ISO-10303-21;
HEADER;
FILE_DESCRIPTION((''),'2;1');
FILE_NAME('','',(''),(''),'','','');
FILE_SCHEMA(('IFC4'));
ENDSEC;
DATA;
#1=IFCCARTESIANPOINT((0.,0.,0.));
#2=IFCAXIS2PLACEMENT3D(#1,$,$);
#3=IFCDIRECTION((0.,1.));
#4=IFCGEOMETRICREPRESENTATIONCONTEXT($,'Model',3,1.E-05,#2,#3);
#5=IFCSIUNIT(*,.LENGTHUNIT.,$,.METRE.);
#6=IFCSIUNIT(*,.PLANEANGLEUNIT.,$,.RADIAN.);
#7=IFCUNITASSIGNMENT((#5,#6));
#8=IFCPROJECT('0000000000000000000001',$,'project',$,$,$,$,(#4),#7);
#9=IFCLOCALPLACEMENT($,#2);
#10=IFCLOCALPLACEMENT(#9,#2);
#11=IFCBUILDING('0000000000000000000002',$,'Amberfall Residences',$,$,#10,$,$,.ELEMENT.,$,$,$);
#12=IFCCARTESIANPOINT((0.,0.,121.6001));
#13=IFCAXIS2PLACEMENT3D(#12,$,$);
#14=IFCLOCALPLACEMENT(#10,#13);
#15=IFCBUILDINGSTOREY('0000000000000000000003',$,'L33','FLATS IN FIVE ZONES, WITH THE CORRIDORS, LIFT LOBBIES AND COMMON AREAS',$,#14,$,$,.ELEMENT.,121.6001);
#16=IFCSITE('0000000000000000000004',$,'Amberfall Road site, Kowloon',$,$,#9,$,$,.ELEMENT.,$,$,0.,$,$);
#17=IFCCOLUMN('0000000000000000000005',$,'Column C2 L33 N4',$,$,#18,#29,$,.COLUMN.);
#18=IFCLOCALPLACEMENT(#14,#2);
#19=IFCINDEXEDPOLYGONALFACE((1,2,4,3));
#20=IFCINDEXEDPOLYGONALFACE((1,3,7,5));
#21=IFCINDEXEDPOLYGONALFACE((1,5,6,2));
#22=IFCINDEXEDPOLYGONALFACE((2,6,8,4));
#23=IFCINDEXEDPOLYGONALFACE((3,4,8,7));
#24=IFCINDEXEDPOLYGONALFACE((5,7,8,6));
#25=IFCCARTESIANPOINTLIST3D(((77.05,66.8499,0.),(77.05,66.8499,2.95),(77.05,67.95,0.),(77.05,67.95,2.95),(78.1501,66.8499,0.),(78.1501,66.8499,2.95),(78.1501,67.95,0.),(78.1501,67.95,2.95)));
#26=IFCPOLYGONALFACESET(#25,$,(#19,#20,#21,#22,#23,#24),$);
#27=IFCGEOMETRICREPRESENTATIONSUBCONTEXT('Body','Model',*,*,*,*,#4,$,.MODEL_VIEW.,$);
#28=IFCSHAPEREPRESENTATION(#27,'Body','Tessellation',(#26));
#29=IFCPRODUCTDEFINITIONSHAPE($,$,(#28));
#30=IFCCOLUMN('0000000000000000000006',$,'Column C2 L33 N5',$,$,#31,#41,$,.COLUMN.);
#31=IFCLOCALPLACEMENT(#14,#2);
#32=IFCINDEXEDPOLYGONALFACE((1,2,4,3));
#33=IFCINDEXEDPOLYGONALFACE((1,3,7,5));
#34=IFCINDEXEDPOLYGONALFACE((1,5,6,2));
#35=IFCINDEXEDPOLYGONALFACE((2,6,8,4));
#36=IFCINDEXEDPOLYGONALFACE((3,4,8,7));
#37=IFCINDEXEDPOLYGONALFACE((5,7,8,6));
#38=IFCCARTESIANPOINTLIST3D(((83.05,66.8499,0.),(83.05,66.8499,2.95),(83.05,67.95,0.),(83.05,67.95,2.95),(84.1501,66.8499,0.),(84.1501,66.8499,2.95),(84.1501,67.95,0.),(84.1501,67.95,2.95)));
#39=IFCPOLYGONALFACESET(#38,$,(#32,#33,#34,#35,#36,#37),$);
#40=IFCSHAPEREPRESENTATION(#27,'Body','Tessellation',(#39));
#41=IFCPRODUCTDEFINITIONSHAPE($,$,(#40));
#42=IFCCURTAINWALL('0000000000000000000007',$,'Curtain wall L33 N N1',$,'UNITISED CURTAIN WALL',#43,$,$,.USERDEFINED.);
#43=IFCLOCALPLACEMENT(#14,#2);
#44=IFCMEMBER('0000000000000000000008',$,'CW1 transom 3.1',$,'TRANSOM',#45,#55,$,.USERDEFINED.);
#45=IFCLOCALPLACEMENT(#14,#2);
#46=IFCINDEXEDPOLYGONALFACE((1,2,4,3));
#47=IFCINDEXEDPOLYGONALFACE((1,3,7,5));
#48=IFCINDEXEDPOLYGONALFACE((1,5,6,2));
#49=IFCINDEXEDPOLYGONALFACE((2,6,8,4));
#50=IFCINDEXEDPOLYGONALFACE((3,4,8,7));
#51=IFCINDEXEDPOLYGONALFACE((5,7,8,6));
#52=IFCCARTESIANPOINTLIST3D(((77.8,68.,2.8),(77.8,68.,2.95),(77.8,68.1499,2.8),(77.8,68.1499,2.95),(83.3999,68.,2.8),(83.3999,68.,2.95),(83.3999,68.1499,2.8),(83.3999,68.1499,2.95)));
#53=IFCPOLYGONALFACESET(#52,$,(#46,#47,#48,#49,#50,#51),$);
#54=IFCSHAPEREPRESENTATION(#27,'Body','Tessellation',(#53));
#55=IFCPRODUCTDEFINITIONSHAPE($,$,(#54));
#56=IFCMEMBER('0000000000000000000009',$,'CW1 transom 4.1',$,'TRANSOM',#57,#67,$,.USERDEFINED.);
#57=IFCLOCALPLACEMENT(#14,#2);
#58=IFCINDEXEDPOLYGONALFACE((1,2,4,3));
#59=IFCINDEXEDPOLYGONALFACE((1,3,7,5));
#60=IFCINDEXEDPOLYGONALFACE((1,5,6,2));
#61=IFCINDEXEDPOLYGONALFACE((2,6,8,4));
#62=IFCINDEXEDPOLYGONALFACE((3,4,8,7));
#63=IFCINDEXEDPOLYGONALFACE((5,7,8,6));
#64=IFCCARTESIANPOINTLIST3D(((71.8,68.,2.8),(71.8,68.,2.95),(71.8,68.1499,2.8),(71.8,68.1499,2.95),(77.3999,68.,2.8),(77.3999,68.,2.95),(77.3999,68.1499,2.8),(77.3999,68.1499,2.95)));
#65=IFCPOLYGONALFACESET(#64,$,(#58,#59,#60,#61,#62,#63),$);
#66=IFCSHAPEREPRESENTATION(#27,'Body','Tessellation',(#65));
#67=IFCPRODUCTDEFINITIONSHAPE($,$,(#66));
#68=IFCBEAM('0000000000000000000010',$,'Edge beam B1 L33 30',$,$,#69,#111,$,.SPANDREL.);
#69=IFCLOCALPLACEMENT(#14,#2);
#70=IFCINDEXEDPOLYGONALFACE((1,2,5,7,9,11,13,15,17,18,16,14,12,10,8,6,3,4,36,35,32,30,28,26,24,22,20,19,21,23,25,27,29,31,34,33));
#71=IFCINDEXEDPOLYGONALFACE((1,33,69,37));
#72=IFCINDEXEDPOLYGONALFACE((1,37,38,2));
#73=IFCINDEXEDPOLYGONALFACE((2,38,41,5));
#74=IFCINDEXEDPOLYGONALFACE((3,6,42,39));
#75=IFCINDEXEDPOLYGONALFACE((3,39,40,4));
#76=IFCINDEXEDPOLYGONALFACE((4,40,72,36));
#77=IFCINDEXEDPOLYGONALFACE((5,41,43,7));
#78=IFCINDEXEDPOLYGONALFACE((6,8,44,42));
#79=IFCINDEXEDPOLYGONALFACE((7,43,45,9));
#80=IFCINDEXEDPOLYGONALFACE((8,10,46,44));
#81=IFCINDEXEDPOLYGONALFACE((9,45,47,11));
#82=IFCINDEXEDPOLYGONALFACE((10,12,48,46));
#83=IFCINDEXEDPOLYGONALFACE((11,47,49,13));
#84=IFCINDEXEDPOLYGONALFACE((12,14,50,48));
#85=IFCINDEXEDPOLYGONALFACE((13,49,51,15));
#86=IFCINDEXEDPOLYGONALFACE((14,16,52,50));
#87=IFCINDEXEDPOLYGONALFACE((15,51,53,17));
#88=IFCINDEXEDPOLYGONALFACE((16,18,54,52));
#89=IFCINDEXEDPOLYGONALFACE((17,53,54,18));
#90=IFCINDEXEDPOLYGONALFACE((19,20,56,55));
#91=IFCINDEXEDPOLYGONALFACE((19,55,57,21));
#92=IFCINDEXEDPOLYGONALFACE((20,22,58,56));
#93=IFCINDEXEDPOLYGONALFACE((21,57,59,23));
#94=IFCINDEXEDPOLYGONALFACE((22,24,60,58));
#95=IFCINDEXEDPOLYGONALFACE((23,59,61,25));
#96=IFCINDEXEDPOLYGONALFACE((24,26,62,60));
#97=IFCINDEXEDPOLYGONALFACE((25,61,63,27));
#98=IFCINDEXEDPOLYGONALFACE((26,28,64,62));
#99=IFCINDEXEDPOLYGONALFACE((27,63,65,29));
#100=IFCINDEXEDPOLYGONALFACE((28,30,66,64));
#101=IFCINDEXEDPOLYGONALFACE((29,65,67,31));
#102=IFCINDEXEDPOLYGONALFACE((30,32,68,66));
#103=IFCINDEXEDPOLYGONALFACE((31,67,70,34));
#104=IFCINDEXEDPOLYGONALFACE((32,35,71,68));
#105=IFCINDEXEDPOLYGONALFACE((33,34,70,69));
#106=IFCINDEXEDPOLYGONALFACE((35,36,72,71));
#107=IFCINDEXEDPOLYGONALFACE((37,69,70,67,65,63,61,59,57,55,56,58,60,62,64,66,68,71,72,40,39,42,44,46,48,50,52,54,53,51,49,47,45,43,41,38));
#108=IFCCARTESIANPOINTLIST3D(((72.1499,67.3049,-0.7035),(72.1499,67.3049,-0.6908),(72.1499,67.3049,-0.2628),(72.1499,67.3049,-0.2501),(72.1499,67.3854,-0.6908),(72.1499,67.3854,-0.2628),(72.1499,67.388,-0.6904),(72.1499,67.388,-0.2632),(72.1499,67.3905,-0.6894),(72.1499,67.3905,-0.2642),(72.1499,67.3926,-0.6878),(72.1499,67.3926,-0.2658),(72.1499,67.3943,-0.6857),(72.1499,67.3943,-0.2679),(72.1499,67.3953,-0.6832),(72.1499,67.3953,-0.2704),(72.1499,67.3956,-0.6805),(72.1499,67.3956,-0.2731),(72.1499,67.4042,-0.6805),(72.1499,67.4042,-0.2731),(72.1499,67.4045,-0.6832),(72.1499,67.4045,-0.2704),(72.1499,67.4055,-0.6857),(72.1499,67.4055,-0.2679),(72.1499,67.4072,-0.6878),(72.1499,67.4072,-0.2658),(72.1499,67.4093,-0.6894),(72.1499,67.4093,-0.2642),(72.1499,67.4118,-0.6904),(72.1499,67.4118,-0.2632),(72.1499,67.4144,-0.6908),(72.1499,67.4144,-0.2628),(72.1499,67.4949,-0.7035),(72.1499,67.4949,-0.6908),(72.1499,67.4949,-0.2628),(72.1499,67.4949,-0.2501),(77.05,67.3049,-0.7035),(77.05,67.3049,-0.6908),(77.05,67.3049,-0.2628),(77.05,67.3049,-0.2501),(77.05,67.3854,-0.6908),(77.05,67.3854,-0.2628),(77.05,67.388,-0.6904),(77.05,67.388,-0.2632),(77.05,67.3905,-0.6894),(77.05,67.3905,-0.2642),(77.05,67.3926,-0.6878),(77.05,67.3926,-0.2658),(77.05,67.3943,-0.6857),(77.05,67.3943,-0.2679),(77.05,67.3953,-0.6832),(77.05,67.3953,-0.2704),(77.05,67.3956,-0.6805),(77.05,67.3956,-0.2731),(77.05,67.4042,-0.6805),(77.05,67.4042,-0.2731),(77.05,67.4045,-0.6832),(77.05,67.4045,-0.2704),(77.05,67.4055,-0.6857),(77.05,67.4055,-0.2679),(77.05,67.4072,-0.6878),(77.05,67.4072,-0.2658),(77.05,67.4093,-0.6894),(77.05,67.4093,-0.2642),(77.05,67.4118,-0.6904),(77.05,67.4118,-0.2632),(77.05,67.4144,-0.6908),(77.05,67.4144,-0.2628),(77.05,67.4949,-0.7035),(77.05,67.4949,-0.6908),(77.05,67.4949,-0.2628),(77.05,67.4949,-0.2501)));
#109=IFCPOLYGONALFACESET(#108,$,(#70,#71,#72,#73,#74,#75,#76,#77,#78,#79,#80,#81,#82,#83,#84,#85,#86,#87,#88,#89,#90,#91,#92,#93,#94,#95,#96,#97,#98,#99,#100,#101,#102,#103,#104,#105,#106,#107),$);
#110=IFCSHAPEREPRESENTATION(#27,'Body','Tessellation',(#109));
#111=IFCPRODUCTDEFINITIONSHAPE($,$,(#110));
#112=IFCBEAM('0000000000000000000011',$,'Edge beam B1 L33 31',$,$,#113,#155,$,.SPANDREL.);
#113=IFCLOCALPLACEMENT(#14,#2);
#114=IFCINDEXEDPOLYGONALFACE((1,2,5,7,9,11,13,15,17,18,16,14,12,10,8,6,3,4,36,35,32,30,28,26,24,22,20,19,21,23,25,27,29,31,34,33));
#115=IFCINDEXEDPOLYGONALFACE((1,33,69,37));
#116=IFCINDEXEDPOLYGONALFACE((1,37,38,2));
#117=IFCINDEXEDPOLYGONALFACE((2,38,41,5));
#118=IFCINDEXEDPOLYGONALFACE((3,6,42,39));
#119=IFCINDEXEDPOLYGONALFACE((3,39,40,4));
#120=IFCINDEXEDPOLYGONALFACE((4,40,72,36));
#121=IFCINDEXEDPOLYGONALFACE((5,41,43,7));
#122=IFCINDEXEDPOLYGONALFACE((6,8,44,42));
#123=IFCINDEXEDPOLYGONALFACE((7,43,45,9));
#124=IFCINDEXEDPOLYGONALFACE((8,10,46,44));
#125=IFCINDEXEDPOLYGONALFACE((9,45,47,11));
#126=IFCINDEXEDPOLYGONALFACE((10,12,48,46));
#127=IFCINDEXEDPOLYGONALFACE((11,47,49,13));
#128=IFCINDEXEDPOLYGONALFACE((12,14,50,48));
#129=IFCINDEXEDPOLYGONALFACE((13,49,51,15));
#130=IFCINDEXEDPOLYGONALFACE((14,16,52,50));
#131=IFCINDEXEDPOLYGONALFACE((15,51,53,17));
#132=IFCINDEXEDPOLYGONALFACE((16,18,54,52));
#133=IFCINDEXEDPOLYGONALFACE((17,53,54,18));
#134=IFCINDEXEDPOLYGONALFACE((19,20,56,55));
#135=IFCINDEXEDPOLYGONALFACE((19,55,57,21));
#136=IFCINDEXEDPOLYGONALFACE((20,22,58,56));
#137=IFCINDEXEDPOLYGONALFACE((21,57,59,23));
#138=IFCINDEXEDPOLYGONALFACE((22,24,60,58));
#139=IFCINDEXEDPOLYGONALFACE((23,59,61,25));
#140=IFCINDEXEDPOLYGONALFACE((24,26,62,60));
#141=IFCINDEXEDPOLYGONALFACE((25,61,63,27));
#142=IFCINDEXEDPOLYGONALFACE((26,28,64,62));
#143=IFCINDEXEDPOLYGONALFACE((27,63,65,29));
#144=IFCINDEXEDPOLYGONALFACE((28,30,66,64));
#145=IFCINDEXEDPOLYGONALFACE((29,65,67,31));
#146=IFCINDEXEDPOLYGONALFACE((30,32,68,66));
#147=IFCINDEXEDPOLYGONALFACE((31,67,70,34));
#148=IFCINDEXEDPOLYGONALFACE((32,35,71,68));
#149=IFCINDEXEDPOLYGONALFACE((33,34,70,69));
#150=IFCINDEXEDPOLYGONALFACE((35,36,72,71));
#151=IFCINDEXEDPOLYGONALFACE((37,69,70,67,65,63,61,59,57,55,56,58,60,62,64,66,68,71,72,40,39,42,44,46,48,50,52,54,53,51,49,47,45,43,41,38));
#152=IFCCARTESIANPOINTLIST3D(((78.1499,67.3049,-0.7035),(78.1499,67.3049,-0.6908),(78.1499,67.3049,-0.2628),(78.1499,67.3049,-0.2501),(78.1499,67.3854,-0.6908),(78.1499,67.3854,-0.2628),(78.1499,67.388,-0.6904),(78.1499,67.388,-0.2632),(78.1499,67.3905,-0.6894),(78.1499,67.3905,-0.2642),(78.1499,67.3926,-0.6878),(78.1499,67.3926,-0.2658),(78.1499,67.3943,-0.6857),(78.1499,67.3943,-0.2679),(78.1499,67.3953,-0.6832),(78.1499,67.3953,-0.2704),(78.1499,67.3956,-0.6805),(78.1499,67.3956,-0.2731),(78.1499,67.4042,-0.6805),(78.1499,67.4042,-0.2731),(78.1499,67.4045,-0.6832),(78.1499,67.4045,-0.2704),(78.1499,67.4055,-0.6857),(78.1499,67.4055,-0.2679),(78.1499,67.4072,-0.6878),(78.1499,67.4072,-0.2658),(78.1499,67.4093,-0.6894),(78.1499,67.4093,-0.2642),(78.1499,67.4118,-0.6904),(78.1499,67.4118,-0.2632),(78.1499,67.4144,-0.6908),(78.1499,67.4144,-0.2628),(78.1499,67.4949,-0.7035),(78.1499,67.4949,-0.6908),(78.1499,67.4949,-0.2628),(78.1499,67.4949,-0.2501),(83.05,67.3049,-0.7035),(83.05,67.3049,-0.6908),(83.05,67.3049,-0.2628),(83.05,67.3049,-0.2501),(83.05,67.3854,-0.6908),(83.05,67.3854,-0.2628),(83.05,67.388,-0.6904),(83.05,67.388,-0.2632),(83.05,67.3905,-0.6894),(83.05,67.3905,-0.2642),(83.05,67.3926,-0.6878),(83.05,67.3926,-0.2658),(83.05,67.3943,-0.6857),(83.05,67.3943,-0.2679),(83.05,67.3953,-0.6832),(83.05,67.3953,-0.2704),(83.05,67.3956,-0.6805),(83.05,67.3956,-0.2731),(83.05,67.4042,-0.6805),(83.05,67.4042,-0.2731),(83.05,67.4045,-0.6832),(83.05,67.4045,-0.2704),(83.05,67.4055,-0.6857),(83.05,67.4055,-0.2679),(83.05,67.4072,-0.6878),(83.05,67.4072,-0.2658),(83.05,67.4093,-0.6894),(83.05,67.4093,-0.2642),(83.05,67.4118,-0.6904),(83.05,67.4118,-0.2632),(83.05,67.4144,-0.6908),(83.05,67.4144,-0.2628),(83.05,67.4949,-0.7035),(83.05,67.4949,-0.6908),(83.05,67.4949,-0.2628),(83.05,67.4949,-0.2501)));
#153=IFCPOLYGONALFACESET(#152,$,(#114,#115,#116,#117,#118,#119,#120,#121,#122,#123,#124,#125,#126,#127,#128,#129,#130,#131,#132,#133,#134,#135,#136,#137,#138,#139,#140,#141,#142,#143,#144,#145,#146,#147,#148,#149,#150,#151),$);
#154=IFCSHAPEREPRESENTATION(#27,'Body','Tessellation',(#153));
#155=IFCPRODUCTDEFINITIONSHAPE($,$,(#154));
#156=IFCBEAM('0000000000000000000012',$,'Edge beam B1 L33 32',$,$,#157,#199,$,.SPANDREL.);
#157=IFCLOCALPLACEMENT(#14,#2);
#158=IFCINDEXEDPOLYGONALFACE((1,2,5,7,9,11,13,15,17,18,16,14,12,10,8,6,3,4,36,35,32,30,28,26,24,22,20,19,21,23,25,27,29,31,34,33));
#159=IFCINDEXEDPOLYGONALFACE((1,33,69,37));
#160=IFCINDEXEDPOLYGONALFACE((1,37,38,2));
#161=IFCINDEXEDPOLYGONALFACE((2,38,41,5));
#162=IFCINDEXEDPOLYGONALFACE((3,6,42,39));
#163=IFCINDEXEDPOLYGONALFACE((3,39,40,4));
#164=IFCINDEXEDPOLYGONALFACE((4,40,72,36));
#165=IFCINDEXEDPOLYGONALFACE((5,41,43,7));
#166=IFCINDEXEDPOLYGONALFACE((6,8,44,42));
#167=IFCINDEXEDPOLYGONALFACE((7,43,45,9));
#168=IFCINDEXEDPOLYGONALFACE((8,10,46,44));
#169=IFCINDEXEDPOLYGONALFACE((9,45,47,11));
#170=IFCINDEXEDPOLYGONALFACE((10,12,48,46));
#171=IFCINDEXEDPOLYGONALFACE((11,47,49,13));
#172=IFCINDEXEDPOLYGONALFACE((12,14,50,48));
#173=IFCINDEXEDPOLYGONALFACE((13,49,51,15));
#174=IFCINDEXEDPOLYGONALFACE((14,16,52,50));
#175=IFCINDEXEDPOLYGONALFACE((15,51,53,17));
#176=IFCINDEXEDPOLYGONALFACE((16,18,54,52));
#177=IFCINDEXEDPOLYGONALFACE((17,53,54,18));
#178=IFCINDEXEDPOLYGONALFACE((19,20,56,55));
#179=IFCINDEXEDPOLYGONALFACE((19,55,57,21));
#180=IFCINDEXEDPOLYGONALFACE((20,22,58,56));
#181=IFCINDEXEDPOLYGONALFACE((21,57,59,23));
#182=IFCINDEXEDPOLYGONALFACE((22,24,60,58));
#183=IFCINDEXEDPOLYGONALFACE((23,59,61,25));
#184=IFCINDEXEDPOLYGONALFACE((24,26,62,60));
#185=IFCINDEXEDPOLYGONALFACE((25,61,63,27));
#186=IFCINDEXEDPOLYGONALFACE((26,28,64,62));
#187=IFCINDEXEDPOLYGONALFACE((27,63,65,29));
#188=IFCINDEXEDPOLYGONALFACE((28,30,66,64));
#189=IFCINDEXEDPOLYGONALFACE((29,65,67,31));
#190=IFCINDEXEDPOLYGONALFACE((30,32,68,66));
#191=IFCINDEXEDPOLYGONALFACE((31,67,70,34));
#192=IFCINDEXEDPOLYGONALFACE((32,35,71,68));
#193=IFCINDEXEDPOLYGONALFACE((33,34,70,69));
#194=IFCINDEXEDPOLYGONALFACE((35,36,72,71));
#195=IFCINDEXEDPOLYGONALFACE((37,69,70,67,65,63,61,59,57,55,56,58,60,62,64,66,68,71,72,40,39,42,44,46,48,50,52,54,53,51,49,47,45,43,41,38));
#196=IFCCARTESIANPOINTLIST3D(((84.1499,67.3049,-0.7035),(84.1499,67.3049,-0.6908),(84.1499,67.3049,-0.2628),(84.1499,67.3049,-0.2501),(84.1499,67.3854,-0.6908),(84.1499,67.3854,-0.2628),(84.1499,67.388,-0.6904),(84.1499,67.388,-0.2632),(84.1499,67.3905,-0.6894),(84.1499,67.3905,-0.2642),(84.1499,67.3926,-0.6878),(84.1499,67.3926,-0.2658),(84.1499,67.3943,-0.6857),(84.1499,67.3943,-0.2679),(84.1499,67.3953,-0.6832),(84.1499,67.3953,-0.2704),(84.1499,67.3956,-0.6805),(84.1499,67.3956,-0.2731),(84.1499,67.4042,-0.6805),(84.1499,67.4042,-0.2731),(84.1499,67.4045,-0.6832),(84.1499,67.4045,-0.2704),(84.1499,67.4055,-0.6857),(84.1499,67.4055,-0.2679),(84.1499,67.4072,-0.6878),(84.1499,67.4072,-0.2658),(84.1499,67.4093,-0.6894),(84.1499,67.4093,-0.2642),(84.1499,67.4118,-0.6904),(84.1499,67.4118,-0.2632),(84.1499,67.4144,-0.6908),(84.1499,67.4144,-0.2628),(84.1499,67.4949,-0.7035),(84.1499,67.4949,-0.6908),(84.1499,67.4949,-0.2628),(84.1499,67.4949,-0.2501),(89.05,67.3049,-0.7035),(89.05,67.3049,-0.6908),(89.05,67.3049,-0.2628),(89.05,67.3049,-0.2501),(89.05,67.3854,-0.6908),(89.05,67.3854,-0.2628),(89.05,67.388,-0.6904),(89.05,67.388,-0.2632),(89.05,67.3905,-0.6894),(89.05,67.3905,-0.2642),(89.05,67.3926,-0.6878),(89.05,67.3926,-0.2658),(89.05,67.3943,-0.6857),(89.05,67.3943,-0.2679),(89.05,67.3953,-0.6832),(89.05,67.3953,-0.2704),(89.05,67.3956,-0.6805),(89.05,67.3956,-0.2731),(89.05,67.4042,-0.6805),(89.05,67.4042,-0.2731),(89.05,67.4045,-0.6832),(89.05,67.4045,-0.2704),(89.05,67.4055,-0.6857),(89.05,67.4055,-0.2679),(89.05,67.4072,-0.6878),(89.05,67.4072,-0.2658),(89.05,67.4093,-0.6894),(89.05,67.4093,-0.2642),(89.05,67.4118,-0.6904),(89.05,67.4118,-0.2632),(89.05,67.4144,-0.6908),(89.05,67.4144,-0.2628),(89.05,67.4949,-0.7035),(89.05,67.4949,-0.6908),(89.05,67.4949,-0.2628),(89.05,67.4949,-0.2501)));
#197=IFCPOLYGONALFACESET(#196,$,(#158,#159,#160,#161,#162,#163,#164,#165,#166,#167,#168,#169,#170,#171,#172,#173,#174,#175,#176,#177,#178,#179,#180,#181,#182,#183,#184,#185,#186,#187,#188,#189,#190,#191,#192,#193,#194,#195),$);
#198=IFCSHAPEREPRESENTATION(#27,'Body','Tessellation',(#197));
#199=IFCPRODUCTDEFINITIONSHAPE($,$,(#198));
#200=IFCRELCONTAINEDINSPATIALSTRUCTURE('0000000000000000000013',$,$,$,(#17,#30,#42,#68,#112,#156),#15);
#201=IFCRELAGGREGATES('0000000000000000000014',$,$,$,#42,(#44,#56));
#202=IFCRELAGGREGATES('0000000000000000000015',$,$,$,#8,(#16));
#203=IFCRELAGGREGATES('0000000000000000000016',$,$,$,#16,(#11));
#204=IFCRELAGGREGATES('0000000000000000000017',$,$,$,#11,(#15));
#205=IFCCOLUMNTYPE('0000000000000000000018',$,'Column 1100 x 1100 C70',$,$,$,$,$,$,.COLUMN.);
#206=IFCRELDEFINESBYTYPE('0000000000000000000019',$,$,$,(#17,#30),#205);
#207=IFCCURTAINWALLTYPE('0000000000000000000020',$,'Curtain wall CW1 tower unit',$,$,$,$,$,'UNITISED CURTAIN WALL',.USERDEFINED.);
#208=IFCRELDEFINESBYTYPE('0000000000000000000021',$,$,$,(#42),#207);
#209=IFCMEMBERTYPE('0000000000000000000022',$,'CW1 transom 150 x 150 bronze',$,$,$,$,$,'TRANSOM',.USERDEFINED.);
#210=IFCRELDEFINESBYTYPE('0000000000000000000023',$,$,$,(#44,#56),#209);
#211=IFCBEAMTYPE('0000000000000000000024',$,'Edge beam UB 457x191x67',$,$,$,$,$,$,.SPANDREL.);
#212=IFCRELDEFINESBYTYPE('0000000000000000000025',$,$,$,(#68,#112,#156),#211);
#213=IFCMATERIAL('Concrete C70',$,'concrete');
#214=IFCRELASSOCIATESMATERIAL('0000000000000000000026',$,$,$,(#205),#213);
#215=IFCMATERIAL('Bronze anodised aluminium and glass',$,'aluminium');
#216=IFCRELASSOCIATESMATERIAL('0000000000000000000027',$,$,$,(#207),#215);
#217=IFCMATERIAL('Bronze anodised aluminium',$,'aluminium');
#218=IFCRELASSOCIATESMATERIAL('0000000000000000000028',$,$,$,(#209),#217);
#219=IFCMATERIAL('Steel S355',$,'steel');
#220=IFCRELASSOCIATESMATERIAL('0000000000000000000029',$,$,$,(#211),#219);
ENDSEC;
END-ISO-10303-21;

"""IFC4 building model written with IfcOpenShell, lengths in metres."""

from ifc_helpers import new_model, si_unit, direction, frame, origin, origin_2d, place, context, subcontext, project, spatial, rectangle, i_section, extrude, material, material_profile, profile_set, type_object, element, aggregate, save


model = new_model("IFC4")

# Units and contexts
model_context = context("Model", 3, precision=1e-05, world=origin(), true_north=direction((0.0, 1.0)))
body_context = subcontext(model_context, "Body", "Model", "MODEL_VIEW")
ifc_project = project(units=[si_unit("LENGTHUNIT", "METRE"), si_unit("PLANEANGLEUNIT", "RADIAN")], contexts=[model_context])

# Site, building, storey
site_placement = place(None, origin())
site = spatial("IfcSite", under=ifc_project, at=site_placement, Name="Amberfall Road site, Kowloon", CompositionType="ELEMENT", RefElevation=0.0)
building_placement = place(site_placement, origin())
building = spatial("IfcBuilding", under=site, at=building_placement, Name="Amberfall Residences", CompositionType="ELEMENT")
storey_placement = place(building_placement, frame((0.0, 0.0, 121.6001)))
storey = spatial("IfcBuildingStorey", under=building, at=storey_placement, Name="L33", Description="FLATS IN FIVE ZONES, WITH THE CORRIDORS, LIFT LOBBIES AND COMMON AREAS", CompositionType="ELEMENT", Elevation=121.6001)

# Columns
ifc_material_1 = material(Name="Concrete C70", Category="concrete")
ifc_material_profile_1 = material_profile(ifc_material_1, rectangle(XDim=1.1001, YDim=1.1001, at=origin_2d()), Name="Column 1100 x 1100 C70")
ifc_profile_set_1 = profile_set([ifc_material_profile_1], Name="Concrete C70")
column_type = type_object("IfcColumnType", Name="Column 1100 x 1100 C70", PredefinedType="COLUMN", material=ifc_profile_set_1)
for number, where, z_axis, x_axis, name in (
    (1, (77.6001, 67.3999, 0.0), (0.0, 0.0, 1.0), (1.0, 0.0, 0.0), "Column C2 L33 N4"),
    (2, (83.6001, 67.3999, 0.0), (0.0, 0.0, 1.0), (1.0, 0.0, 0.0), "Column C2 L33 N5"),
):
    element("IfcColumn", number, at=place(storey_placement, frame(where, z_axis=z_axis, x_axis=x_axis)), inside=storey, type_object=column_type, Name=name, PredefinedType="COLUMN", context=body_context, shape_type="SweptSolid", body=[
        extrude(rectangle(XDim=1.1001, YDim=1.1001, at=origin_2d()), origin(), (0.0, 0.0, 1.0), 2.95),
    ])

# Curtain wall, members
ifc_material_2 = material(Name="Bronze anodised aluminium and glass", Category="aluminium")
curtain_wall_type = type_object("IfcCurtainWallType", Name="Curtain wall CW1 tower unit", ElementType="UNITISED CURTAIN WALL", PredefinedType="USERDEFINED", material=ifc_material_2)
curtain_wall_placement = place(storey_placement, origin())
curtain_wall = element("IfcCurtainWall", 3, at=curtain_wall_placement, inside=storey, type_object=curtain_wall_type, Name="Curtain wall L33 N N1", ObjectType="UNITISED CURTAIN WALL", PredefinedType="USERDEFINED")
ifc_material_3 = material(Name="Bronze anodised aluminium", Category="aluminium")
ifc_material_profile_2 = material_profile(ifc_material_3, rectangle(XDim=0.1499, YDim=0.1499, at=origin_2d()), Name="CW1 transom 150 x 150 bronze")
ifc_profile_set_2 = profile_set([ifc_material_profile_2], Name="Bronze anodised aluminium")
member_type_1 = type_object("IfcMemberType", Name="CW1 transom 150 x 150 bronze", ElementType="TRANSOM", PredefinedType="USERDEFINED", material=ifc_profile_set_2)
member_1_placement = place(storey_placement, frame((83.3999, 68.075, 2.875), z_axis=(-1.0, 0.0, 0.0), x_axis=(0.0, -1.0, 0.0)))
member_1 = element("IfcMember", 4, at=member_1_placement, type_object=member_type_1, Name="CW1 transom 3.1", ObjectType="TRANSOM", PredefinedType="USERDEFINED", context=body_context, shape_type="SweptSolid", body=[
    extrude(rectangle(XDim=0.1499, YDim=0.1499, at=origin_2d()), origin(), (0.0, 0.0, 1.0), 5.5999),
])
member_2_placement = place(storey_placement, frame((77.3999, 68.075, 2.875), z_axis=(-1.0, 0.0, 0.0), x_axis=(0.0, -1.0, 0.0)))
member_2 = element("IfcMember", 5, at=member_2_placement, type_object=member_type_1, Name="CW1 transom 4.1", ObjectType="TRANSOM", PredefinedType="USERDEFINED", context=body_context, shape_type="SweptSolid", body=[
    extrude(rectangle(XDim=0.1499, YDim=0.1499, at=origin_2d()), origin(), (0.0, 0.0, 1.0), 5.5999),
])

# Beams
ifc_material_4 = material(Name="Steel S355", Category="steel")
ifc_material_profile_3 = material_profile(ifc_material_4, i_section(OverallWidth=0.1899, OverallDepth=0.4534, WebThickness=0.0085, FlangeThickness=0.0127, FilletRadius=0.0103, at=origin_2d()), Name="UB 457x191x67")
ifc_profile_set_3 = profile_set([ifc_material_profile_3], Name="Steel S355")
beam_type_1 = type_object("IfcBeamType", Name="Edge beam UB 457x191x67", PredefinedType="SPANDREL", material=ifc_profile_set_3)
for number, where, z_axis, x_axis, name in (
    (6, (72.1499, 67.3999, -0.4768), (1.0, 0.0, 0.0), (0.0, 1.0, 0.0), "Edge beam B1 L33 30"),
    (7, (78.1499, 67.3999, -0.4768), (1.0, 0.0, 0.0), (0.0, 1.0, 0.0), "Edge beam B1 L33 31"),
    (8, (84.1499, 67.3999, -0.4768), (1.0, 0.0, 0.0), (0.0, 1.0, 0.0), "Edge beam B1 L33 32"),
):
    element("IfcBeam", number, at=place(storey_placement, frame(where, z_axis=z_axis, x_axis=x_axis)), inside=storey, type_object=beam_type_1, Name=name, PredefinedType="SPANDREL", context=body_context, shape_type="SweptSolid", body=[
        extrude(i_section(OverallWidth=0.1899, OverallDepth=0.4534, WebThickness=0.0085, FlangeThickness=0.0127, FilletRadius=0.0103, at=origin_2d()), origin(), (0.0, 0.0, 1.0), 4.9001),
    ])

aggregate(curtain_wall, [member_1, member_2])

save(model, "model.ifc")
